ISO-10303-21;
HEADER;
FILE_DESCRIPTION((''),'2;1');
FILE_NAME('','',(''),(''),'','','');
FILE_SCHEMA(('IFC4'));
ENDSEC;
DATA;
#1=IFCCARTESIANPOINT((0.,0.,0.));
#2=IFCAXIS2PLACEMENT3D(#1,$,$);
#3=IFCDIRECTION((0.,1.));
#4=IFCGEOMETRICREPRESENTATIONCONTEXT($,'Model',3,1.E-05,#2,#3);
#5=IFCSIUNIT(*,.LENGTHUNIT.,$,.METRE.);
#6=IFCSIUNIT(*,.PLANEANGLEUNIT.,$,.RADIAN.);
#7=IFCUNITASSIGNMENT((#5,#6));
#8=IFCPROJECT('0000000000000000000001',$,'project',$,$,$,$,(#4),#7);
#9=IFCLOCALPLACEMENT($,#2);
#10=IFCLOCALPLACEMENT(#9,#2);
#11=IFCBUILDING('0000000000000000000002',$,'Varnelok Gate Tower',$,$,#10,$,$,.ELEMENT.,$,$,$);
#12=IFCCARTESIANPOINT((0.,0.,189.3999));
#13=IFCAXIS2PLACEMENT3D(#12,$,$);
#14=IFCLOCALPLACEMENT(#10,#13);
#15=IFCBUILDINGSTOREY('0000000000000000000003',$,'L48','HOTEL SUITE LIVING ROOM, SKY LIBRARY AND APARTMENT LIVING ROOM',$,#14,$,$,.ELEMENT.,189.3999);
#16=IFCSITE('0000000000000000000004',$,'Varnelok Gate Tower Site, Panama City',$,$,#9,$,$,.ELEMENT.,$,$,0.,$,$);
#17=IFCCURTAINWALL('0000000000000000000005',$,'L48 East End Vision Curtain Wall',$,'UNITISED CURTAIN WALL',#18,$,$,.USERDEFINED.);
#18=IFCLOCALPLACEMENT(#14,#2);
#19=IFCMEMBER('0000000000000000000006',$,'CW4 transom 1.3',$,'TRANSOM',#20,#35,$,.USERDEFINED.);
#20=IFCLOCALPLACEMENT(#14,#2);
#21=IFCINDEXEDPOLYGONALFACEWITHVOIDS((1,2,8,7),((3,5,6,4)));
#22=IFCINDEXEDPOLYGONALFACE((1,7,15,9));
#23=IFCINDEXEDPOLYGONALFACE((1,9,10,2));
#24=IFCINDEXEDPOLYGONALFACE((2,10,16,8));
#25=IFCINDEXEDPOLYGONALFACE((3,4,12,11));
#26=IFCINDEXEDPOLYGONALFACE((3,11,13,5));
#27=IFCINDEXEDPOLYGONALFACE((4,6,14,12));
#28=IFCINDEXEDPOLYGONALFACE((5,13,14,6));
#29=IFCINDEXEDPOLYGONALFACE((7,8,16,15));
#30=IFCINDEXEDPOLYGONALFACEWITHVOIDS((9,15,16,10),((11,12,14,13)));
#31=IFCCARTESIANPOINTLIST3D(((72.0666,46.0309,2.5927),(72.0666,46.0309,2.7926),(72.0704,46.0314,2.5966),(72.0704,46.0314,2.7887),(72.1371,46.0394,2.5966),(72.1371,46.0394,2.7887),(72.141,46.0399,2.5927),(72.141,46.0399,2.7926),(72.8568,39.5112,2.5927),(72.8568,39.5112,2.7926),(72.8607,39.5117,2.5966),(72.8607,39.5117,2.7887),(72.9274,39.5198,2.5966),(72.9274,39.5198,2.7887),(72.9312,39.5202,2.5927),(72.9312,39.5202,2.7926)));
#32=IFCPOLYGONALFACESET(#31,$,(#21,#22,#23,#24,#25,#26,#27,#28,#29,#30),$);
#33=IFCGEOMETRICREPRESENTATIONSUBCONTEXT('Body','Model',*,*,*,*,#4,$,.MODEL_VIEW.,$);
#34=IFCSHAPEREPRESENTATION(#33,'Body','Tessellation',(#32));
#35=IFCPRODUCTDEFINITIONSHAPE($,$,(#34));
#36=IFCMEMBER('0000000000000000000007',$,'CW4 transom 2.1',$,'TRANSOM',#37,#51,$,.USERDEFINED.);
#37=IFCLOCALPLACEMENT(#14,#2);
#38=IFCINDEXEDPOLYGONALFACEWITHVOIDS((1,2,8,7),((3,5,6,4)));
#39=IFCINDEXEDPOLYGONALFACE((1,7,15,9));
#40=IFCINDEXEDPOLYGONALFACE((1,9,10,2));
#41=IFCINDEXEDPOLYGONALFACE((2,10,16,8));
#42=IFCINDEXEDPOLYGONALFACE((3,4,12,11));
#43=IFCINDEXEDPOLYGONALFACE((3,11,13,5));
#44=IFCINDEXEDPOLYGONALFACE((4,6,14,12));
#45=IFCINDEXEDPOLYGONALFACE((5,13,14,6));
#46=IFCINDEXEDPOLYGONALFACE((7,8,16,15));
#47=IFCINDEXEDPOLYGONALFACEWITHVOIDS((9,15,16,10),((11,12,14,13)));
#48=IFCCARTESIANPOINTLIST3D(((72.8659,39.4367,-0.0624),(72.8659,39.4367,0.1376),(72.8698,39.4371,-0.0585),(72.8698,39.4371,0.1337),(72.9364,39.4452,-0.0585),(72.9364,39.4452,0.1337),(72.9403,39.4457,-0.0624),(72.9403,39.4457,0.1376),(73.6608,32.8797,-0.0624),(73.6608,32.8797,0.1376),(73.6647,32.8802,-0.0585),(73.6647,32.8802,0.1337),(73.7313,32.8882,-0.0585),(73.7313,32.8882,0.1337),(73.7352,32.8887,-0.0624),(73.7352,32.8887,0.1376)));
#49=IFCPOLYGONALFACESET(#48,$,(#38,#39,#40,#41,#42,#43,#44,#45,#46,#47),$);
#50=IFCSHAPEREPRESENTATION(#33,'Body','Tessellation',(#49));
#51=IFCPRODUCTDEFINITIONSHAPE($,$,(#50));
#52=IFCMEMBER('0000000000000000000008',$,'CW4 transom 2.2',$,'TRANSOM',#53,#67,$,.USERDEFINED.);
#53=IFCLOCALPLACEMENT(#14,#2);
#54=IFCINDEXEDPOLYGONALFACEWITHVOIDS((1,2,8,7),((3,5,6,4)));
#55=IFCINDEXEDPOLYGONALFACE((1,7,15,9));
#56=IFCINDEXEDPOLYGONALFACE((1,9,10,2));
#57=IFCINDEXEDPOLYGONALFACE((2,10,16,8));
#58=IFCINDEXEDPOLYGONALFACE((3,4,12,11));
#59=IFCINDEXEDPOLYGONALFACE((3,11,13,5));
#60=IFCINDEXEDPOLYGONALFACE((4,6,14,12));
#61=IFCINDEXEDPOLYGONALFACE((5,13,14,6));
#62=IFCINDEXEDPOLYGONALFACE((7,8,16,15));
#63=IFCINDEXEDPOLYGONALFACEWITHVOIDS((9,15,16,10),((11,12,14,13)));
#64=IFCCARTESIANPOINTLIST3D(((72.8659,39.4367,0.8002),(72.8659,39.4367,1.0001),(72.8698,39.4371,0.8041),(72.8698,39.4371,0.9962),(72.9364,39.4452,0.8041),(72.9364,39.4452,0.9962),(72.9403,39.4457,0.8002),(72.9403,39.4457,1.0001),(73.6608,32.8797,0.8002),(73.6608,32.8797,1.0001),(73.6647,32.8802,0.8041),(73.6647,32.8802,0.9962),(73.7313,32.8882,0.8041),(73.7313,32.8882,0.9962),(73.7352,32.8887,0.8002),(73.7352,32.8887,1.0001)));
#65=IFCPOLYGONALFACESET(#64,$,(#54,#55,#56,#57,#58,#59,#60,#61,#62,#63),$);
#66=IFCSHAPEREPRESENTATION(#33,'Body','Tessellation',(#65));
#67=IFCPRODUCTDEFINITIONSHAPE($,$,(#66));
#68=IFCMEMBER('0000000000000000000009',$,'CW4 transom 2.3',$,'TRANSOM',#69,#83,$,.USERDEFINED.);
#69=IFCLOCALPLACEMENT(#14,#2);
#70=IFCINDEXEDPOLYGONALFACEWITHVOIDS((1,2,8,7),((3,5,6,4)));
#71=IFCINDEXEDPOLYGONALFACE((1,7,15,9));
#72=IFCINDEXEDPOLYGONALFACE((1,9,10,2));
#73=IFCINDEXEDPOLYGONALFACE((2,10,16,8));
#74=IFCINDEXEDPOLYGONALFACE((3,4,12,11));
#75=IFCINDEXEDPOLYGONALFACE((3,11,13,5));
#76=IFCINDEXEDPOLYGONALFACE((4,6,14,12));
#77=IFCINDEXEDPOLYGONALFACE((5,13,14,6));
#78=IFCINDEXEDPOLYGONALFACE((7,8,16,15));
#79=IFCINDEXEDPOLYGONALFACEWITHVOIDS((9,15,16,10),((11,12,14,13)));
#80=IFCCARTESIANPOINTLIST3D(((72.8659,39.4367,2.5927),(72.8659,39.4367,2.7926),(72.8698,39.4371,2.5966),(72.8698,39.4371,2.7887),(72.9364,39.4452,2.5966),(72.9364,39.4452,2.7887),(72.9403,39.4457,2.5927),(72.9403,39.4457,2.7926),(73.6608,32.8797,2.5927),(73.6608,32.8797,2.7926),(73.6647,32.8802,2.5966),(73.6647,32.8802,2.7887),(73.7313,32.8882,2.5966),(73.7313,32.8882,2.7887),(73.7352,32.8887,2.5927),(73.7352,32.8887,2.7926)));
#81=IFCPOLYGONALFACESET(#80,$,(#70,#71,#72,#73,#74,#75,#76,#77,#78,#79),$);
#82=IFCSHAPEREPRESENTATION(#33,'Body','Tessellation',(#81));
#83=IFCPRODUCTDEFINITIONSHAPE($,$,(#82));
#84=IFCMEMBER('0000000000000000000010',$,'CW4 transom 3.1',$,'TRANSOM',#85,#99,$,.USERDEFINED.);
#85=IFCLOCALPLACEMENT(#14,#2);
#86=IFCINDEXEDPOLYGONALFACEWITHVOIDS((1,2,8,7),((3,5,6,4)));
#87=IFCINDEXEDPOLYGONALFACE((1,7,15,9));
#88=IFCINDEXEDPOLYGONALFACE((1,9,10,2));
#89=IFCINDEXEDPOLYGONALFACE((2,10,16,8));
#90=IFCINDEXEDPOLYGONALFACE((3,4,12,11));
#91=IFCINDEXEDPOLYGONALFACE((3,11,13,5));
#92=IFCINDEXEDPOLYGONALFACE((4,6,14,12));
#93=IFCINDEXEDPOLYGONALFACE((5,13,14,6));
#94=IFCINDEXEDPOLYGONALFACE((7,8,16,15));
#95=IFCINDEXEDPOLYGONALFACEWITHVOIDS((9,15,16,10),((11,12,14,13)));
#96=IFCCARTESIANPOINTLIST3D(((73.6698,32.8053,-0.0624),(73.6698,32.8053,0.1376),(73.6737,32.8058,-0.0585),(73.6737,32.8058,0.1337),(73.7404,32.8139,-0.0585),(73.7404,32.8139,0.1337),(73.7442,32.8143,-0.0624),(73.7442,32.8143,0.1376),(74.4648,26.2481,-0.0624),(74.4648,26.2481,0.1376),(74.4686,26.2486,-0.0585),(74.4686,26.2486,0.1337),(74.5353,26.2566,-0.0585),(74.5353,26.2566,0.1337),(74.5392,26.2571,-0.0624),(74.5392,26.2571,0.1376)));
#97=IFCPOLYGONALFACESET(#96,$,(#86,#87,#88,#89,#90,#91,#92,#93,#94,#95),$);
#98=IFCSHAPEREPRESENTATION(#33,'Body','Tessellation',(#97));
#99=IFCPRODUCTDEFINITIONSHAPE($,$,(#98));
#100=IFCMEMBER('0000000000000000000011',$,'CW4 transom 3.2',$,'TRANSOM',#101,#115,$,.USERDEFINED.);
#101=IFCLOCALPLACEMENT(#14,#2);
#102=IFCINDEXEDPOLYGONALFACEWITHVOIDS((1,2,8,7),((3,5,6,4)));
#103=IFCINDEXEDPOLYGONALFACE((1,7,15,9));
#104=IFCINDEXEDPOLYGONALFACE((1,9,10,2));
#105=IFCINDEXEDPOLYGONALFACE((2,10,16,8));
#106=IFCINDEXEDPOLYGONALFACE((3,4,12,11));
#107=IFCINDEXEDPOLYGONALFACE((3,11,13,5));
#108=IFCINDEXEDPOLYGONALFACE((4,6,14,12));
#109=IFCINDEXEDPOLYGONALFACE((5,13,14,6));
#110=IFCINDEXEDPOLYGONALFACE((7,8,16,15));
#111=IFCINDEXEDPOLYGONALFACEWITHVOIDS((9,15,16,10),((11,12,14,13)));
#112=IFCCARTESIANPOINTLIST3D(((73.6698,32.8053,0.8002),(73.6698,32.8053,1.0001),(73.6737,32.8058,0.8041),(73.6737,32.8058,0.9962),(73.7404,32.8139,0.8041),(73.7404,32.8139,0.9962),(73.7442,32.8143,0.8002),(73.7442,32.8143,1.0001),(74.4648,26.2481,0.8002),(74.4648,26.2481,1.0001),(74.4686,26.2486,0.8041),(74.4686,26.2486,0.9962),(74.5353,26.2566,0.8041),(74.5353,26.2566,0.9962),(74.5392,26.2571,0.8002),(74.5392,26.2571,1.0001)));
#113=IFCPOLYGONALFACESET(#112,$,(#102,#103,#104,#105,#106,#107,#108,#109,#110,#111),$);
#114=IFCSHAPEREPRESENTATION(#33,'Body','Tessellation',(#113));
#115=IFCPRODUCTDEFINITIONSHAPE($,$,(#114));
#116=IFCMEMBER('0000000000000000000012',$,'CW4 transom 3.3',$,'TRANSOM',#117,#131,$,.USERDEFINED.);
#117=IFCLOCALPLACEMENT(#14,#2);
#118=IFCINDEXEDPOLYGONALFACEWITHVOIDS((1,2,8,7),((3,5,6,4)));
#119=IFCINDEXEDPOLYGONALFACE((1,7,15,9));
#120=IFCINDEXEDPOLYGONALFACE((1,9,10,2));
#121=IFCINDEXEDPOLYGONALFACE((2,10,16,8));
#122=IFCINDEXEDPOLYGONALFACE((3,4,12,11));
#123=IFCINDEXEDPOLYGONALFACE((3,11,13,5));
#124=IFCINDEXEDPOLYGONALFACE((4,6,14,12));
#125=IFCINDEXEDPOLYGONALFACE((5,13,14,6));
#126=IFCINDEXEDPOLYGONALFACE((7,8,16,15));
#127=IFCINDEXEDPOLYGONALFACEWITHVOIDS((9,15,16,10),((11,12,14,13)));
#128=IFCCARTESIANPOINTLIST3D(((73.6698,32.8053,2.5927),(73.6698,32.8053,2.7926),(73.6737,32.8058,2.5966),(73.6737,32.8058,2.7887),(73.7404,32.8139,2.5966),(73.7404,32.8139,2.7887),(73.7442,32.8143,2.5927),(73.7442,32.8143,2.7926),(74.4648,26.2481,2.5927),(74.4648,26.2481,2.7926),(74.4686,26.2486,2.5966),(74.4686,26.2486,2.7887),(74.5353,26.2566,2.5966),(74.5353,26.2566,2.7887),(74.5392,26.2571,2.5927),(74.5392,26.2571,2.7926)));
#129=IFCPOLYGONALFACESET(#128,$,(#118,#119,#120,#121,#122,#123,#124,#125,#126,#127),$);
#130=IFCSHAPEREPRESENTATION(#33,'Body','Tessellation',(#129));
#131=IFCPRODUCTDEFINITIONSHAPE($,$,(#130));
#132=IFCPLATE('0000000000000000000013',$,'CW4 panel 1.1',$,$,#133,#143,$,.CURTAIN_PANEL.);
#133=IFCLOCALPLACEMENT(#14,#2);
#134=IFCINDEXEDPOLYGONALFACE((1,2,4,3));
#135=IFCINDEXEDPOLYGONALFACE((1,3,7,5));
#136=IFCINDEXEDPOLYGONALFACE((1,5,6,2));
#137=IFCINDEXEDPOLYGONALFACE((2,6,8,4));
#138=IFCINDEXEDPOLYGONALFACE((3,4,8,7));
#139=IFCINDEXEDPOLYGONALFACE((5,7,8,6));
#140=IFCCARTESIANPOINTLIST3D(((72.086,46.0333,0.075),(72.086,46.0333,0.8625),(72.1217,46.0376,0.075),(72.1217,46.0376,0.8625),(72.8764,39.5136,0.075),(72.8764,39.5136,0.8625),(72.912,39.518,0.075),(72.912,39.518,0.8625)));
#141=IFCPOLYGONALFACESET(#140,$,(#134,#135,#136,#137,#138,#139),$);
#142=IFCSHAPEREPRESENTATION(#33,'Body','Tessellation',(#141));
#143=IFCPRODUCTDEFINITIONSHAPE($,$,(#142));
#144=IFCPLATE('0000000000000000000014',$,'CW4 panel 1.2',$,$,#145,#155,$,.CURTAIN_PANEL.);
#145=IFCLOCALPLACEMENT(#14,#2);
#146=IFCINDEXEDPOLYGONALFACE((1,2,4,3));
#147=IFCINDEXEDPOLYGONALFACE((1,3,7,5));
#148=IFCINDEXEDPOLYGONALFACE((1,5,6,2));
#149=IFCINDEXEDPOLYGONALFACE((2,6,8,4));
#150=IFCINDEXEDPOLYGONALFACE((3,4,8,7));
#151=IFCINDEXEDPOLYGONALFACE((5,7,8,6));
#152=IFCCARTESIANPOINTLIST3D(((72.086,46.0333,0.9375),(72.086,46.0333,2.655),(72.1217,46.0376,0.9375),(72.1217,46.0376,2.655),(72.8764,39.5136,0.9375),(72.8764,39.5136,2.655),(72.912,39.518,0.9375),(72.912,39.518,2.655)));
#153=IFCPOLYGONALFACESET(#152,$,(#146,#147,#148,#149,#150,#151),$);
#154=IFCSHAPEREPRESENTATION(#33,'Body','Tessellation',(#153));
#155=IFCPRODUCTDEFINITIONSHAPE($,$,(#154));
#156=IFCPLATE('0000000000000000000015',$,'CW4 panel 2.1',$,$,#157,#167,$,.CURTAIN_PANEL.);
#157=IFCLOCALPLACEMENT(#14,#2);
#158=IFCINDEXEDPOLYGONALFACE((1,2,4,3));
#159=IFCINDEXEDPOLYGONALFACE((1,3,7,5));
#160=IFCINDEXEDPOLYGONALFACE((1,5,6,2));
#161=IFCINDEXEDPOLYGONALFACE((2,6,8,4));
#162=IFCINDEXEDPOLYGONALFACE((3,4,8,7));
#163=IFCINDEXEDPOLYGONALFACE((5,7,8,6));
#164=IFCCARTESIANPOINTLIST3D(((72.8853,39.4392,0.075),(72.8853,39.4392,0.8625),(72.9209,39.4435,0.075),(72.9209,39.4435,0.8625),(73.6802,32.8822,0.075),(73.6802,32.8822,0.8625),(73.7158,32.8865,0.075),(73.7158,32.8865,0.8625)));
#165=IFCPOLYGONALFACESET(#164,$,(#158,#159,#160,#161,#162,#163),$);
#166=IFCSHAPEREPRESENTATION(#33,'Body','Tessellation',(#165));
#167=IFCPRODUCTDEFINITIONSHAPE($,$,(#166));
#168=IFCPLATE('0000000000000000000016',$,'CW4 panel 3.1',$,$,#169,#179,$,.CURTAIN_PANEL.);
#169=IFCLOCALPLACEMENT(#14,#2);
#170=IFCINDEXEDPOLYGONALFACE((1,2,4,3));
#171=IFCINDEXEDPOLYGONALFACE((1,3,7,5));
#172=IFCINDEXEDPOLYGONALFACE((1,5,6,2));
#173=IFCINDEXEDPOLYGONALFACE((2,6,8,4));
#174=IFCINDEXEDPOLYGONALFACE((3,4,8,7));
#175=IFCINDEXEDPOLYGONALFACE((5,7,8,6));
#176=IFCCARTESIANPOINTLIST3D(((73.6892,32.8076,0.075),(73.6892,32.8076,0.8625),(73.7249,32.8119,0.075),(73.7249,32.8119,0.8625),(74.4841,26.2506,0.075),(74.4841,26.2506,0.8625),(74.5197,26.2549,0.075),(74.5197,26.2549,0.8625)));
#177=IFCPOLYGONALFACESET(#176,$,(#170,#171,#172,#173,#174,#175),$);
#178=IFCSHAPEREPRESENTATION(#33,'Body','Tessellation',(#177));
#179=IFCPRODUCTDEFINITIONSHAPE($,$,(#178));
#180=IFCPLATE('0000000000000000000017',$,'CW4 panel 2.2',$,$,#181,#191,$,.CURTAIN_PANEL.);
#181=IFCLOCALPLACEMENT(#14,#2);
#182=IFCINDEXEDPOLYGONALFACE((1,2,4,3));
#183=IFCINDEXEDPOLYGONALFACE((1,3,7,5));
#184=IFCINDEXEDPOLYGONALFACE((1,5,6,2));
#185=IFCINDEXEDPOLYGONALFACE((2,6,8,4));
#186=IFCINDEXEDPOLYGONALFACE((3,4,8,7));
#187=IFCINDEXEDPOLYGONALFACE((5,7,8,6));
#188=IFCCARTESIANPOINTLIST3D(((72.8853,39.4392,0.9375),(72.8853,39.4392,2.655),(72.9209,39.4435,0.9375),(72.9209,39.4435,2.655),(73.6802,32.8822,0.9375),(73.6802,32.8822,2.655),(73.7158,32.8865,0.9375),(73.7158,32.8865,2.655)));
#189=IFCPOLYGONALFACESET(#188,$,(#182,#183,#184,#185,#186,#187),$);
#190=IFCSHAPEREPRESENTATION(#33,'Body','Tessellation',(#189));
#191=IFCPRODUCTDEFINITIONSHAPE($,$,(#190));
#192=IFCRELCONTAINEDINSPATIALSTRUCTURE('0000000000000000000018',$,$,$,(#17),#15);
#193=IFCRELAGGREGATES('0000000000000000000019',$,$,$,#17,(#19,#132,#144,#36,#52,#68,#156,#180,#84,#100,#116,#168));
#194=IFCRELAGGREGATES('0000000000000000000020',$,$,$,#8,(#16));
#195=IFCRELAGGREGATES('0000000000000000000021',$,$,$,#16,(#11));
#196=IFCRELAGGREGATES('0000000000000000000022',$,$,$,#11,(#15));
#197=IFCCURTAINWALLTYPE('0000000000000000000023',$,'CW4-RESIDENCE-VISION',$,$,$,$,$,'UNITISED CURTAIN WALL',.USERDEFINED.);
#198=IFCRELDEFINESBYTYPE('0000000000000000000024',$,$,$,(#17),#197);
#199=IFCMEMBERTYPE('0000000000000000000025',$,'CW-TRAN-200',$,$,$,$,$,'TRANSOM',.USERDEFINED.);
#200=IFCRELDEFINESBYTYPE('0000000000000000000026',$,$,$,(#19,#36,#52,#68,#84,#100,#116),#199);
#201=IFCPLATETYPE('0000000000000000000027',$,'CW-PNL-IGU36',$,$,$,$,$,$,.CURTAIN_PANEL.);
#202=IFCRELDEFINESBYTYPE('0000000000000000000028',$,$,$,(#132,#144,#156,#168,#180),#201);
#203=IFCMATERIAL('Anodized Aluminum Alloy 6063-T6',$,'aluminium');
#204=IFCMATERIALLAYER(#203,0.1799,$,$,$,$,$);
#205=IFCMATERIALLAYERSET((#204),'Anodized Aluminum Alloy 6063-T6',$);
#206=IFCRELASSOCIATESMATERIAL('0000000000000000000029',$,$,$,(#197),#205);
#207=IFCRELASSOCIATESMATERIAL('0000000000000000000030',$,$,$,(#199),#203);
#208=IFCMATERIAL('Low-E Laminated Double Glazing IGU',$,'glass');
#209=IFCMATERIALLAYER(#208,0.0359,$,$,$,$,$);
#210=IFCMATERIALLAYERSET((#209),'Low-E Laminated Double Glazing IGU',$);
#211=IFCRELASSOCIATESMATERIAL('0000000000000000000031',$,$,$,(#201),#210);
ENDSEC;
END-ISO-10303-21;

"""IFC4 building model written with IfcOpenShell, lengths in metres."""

from ifc_helpers import new_model, si_unit, direction, frame, origin, origin_2d, place, context, subcontext, project, spatial, rectangle, hollow_rectangle, extrude, source, transform, mapped, material, layer, layer_set, material_profile, profile_set, type_object, element, aggregate, save


model = new_model("IFC4")

# Units and contexts
model_context = context("Model", 3, precision=1e-05, world=origin(), true_north=direction((0.0, 1.0)))
body_context = subcontext(model_context, "Body", "Model", "MODEL_VIEW")
ifc_project = project(units=[si_unit("LENGTHUNIT", "METRE"), si_unit("PLANEANGLEUNIT", "RADIAN")], contexts=[model_context])

# Site, building, storey
site_placement = place(None, origin())
site = spatial("IfcSite", under=ifc_project, at=site_placement, Name="Varnelok Gate Tower Site, Panama City", CompositionType="ELEMENT", RefElevation=0.0)
building_placement = place(site_placement, origin())
building = spatial("IfcBuilding", under=site, at=building_placement, Name="Varnelok Gate Tower", CompositionType="ELEMENT")
storey_placement = place(building_placement, frame((0.0, 0.0, 189.3999)))
storey = spatial("IfcBuildingStorey", under=building, at=storey_placement, Name="L48", Description="HOTEL SUITE LIVING ROOM, SKY LIBRARY AND APARTMENT LIVING ROOM", CompositionType="ELEMENT", Elevation=189.3999)

# Curtain wall, members, plates
ifc_material_1 = material(Name="Anodized Aluminum Alloy 6063-T6", Category="aluminium")
ifc_layer_1 = layer(ifc_material_1, 0.1799)
ifc_layer_set_1 = layer_set([ifc_layer_1], Name="Anodized Aluminum Alloy 6063-T6")
curtain_wall_type = type_object("IfcCurtainWallType", Name="CW4-RESIDENCE-VISION", ElementType="UNITISED CURTAIN WALL", PredefinedType="USERDEFINED", material=ifc_layer_set_1)
curtain_wall_placement = place(storey_placement, origin())
curtain_wall = element("IfcCurtainWall", 1, at=curtain_wall_placement, inside=storey, type_object=curtain_wall_type, Name="L48 East End Vision Curtain Wall", ObjectType="UNITISED CURTAIN WALL", PredefinedType="USERDEFINED")
ifc_material_profile_1 = material_profile(ifc_material_1, hollow_rectangle(XDim=0.075, YDim=0.2, WallThickness=0.0039, at=origin_2d()), Name="ALU200X75X4")
ifc_profile_set_1 = profile_set([ifc_material_profile_1], Name="Anodized Aluminum Alloy 6063-T6")
member_type_1 = type_object("IfcMemberType", Name="CW-TRAN-200", ElementType="TRANSOM", PredefinedType="USERDEFINED", material=ifc_profile_set_1)
member_1_placement = place(storey_placement, frame((72.1038, 46.0354, 2.6926), z_axis=(0.120332, -0.992734, 0.0), x_axis=(0.992734, 0.120332, 0.0)))
member_1 = element("IfcMember", 2, at=member_1_placement, type_object=member_type_1, Name="CW4 transom 1.3", ObjectType="TRANSOM", PredefinedType="USERDEFINED", context=body_context, shape_type="SweptSolid", body=[
    extrude(hollow_rectangle(XDim=0.075, YDim=0.2, WallThickness=0.0039, at=origin_2d()), origin(), (0.0, 0.0, 1.0), 6.5674),
])
member_2_placement = place(storey_placement, frame((72.9031, 39.4412, 0.0376), z_axis=(0.120353, -0.992731, 0.0), x_axis=(0.992731, 0.120353, 0.0)))
member_2 = element("IfcMember", 3, at=member_2_placement, type_object=member_type_1, Name="CW4 transom 2.1", ObjectType="TRANSOM", PredefinedType="USERDEFINED", context=body_context, shape_type="SweptSolid", body=[
    extrude(hollow_rectangle(XDim=0.075, YDim=0.2, WallThickness=0.0039, at=origin_2d()), origin(), (0.0, 0.0, 1.0), 6.605),
])
member_3_placement = place(storey_placement, frame((72.9031, 39.4412, 0.9001), z_axis=(0.120353, -0.992731, 0.0), x_axis=(0.992731, 0.120353, 0.0)))
member_3 = element("IfcMember", 4, at=member_3_placement, type_object=member_type_1, Name="CW4 transom 2.2", ObjectType="TRANSOM", PredefinedType="USERDEFINED", context=body_context, shape_type="SweptSolid", body=[
    extrude(hollow_rectangle(XDim=0.075, YDim=0.2, WallThickness=0.0039, at=origin_2d()), origin(), (0.0, 0.0, 1.0), 6.605),
])
member_4_placement = place(storey_placement, frame((72.9031, 39.4412, 2.6926), z_axis=(0.120353, -0.992731, 0.0), x_axis=(0.992731, 0.120353, 0.0)))
member_4 = element("IfcMember", 5, at=member_4_placement, type_object=member_type_1, Name="CW4 transom 2.3", ObjectType="TRANSOM", PredefinedType="USERDEFINED", context=body_context, shape_type="SweptSolid", body=[
    extrude(hollow_rectangle(XDim=0.075, YDim=0.2, WallThickness=0.0039, at=origin_2d()), origin(), (0.0, 0.0, 1.0), 6.605),
])
member_5_placement = place(storey_placement, frame((73.707, 32.8098, 0.0376), z_axis=(0.120349, -0.992732, 0.0), x_axis=(0.992732, 0.120349, 0.0)))
member_5 = element("IfcMember", 6, at=member_5_placement, type_object=member_type_1, Name="CW4 transom 3.1", ObjectType="TRANSOM", PredefinedType="USERDEFINED", context=body_context, shape_type="SweptSolid", body=[
    extrude(hollow_rectangle(XDim=0.075, YDim=0.2, WallThickness=0.0039, at=origin_2d()), origin(), (0.0, 0.0, 1.0), 6.6052),
])
member_6_placement = place(storey_placement, frame((73.707, 32.8098, 0.9001), z_axis=(0.120349, -0.992732, 0.0), x_axis=(0.992732, 0.120349, 0.0)))
member_6 = element("IfcMember", 7, at=member_6_placement, type_object=member_type_1, Name="CW4 transom 3.2", ObjectType="TRANSOM", PredefinedType="USERDEFINED", context=body_context, shape_type="SweptSolid", body=[
    extrude(hollow_rectangle(XDim=0.075, YDim=0.2, WallThickness=0.0039, at=origin_2d()), origin(), (0.0, 0.0, 1.0), 6.6052),
])
member_7_placement = place(storey_placement, frame((73.707, 32.8098, 2.6926), z_axis=(0.120349, -0.992732, 0.0), x_axis=(0.992732, 0.120349, 0.0)))
member_7 = element("IfcMember", 8, at=member_7_placement, type_object=member_type_1, Name="CW4 transom 3.3", ObjectType="TRANSOM", PredefinedType="USERDEFINED", context=body_context, shape_type="SweptSolid", body=[
    extrude(hollow_rectangle(XDim=0.075, YDim=0.2, WallThickness=0.0039, at=origin_2d()), origin(), (0.0, 0.0, 1.0), 6.6052),
])
ifc_material_2 = material(Name="Low-E Laminated Double Glazing IGU", Category="glass")
ifc_layer_2 = layer(ifc_material_2, 0.0359)
ifc_layer_set_2 = layer_set([ifc_layer_2], Name="Low-E Laminated Double Glazing IGU")
plate_type = type_object("IfcPlateType", Name="CW-PNL-IGU36", PredefinedType="CURTAIN_PANEL", material=ifc_layer_set_2)
shared_shape_1 = source(origin(), body_context, "Body", "SweptSolid", [
    extrude(rectangle(XDim=6.5674, YDim=0.0359, at=origin_2d()), origin(), (0.0, 0.0, 1.0), 0.7876),
])
plate_1_placement = place(storey_placement, frame((72.499, 42.7756, 0.075), z_axis=(0.0, 0.0, 1.0), x_axis=(0.120345, -0.992732, 0.0)))
plate_1 = element("IfcPlate", 9, at=plate_1_placement, type_object=plate_type, Name="CW4 panel 1.1", PredefinedType="CURTAIN_PANEL", context=body_context, shape_type="MappedRepresentation", body=[
    mapped(shared_shape_1, transform((0.0, 0.0, 0.0), scale=1.0)),
])
shared_shape_2 = source(origin(), body_context, "Body", "SweptSolid", [
    extrude(rectangle(XDim=6.5674, YDim=0.0359, at=origin_2d()), origin(), (0.0, 0.0, 1.0), 1.7175),
])
plate_2_placement = place(storey_placement, frame((72.499, 42.7756, 0.9375), z_axis=(0.0, 0.0, 1.0), x_axis=(0.120345, -0.992732, 0.0)))
plate_2 = element("IfcPlate", 10, at=plate_2_placement, type_object=plate_type, Name="CW4 panel 1.2", PredefinedType="CURTAIN_PANEL", context=body_context, shape_type="MappedRepresentation", body=[
    mapped(shared_shape_2, transform((0.0, 0.0, 0.0), scale=1.0)),
])
shared_shape_3 = source(origin(), body_context, "Body", "SweptSolid", [
    extrude(rectangle(XDim=6.605, YDim=0.0359, at=origin_2d()), origin(), (0.0, 0.0, 1.0), 0.7876),
])
plate_3_placement = place(storey_placement, frame((73.3005, 36.1628, 0.075), z_axis=(0.0, 0.0, 1.0), x_axis=(0.120345, -0.992732, 0.0)))
plate_3 = element("IfcPlate", 11, at=plate_3_placement, type_object=plate_type, Name="CW4 panel 2.1", PredefinedType="CURTAIN_PANEL", context=body_context, shape_type="MappedRepresentation", body=[
    mapped(shared_shape_3, transform((0.0, 0.0, 0.0), scale=1.0)),
])
plate_4_placement = place(storey_placement, frame((74.1045, 29.5312, 0.075), z_axis=(0.0, 0.0, 1.0), x_axis=(0.120345, -0.992732, 0.0)))
plate_4 = element("IfcPlate", 12, at=plate_4_placement, type_object=plate_type, Name="CW4 panel 3.1", PredefinedType="CURTAIN_PANEL", context=body_context, shape_type="MappedRepresentation", body=[
    mapped(shared_shape_3, transform((0.0, 0.0, 0.0), scale=1.0)),
])
shared_shape_4 = source(origin(), body_context, "Body", "SweptSolid", [
    extrude(rectangle(XDim=6.605, YDim=0.0359, at=origin_2d()), origin(), (0.0, 0.0, 1.0), 1.7175),
])
plate_5_placement = place(storey_placement, frame((73.3005, 36.1628, 0.9375), z_axis=(0.0, 0.0, 1.0), x_axis=(0.120345, -0.992732, 0.0)))
plate_5 = element("IfcPlate", 13, at=plate_5_placement, type_object=plate_type, Name="CW4 panel 2.2", PredefinedType="CURTAIN_PANEL", context=body_context, shape_type="MappedRepresentation", body=[
    mapped(shared_shape_4, transform((0.0, 0.0, 0.0), scale=1.0)),
])
aggregate(curtain_wall, [member_1, plate_1, plate_2, member_2, member_3, member_4, plate_3, plate_5, member_5, member_6, member_7, plate_4])

save(model, "model.ifc")
